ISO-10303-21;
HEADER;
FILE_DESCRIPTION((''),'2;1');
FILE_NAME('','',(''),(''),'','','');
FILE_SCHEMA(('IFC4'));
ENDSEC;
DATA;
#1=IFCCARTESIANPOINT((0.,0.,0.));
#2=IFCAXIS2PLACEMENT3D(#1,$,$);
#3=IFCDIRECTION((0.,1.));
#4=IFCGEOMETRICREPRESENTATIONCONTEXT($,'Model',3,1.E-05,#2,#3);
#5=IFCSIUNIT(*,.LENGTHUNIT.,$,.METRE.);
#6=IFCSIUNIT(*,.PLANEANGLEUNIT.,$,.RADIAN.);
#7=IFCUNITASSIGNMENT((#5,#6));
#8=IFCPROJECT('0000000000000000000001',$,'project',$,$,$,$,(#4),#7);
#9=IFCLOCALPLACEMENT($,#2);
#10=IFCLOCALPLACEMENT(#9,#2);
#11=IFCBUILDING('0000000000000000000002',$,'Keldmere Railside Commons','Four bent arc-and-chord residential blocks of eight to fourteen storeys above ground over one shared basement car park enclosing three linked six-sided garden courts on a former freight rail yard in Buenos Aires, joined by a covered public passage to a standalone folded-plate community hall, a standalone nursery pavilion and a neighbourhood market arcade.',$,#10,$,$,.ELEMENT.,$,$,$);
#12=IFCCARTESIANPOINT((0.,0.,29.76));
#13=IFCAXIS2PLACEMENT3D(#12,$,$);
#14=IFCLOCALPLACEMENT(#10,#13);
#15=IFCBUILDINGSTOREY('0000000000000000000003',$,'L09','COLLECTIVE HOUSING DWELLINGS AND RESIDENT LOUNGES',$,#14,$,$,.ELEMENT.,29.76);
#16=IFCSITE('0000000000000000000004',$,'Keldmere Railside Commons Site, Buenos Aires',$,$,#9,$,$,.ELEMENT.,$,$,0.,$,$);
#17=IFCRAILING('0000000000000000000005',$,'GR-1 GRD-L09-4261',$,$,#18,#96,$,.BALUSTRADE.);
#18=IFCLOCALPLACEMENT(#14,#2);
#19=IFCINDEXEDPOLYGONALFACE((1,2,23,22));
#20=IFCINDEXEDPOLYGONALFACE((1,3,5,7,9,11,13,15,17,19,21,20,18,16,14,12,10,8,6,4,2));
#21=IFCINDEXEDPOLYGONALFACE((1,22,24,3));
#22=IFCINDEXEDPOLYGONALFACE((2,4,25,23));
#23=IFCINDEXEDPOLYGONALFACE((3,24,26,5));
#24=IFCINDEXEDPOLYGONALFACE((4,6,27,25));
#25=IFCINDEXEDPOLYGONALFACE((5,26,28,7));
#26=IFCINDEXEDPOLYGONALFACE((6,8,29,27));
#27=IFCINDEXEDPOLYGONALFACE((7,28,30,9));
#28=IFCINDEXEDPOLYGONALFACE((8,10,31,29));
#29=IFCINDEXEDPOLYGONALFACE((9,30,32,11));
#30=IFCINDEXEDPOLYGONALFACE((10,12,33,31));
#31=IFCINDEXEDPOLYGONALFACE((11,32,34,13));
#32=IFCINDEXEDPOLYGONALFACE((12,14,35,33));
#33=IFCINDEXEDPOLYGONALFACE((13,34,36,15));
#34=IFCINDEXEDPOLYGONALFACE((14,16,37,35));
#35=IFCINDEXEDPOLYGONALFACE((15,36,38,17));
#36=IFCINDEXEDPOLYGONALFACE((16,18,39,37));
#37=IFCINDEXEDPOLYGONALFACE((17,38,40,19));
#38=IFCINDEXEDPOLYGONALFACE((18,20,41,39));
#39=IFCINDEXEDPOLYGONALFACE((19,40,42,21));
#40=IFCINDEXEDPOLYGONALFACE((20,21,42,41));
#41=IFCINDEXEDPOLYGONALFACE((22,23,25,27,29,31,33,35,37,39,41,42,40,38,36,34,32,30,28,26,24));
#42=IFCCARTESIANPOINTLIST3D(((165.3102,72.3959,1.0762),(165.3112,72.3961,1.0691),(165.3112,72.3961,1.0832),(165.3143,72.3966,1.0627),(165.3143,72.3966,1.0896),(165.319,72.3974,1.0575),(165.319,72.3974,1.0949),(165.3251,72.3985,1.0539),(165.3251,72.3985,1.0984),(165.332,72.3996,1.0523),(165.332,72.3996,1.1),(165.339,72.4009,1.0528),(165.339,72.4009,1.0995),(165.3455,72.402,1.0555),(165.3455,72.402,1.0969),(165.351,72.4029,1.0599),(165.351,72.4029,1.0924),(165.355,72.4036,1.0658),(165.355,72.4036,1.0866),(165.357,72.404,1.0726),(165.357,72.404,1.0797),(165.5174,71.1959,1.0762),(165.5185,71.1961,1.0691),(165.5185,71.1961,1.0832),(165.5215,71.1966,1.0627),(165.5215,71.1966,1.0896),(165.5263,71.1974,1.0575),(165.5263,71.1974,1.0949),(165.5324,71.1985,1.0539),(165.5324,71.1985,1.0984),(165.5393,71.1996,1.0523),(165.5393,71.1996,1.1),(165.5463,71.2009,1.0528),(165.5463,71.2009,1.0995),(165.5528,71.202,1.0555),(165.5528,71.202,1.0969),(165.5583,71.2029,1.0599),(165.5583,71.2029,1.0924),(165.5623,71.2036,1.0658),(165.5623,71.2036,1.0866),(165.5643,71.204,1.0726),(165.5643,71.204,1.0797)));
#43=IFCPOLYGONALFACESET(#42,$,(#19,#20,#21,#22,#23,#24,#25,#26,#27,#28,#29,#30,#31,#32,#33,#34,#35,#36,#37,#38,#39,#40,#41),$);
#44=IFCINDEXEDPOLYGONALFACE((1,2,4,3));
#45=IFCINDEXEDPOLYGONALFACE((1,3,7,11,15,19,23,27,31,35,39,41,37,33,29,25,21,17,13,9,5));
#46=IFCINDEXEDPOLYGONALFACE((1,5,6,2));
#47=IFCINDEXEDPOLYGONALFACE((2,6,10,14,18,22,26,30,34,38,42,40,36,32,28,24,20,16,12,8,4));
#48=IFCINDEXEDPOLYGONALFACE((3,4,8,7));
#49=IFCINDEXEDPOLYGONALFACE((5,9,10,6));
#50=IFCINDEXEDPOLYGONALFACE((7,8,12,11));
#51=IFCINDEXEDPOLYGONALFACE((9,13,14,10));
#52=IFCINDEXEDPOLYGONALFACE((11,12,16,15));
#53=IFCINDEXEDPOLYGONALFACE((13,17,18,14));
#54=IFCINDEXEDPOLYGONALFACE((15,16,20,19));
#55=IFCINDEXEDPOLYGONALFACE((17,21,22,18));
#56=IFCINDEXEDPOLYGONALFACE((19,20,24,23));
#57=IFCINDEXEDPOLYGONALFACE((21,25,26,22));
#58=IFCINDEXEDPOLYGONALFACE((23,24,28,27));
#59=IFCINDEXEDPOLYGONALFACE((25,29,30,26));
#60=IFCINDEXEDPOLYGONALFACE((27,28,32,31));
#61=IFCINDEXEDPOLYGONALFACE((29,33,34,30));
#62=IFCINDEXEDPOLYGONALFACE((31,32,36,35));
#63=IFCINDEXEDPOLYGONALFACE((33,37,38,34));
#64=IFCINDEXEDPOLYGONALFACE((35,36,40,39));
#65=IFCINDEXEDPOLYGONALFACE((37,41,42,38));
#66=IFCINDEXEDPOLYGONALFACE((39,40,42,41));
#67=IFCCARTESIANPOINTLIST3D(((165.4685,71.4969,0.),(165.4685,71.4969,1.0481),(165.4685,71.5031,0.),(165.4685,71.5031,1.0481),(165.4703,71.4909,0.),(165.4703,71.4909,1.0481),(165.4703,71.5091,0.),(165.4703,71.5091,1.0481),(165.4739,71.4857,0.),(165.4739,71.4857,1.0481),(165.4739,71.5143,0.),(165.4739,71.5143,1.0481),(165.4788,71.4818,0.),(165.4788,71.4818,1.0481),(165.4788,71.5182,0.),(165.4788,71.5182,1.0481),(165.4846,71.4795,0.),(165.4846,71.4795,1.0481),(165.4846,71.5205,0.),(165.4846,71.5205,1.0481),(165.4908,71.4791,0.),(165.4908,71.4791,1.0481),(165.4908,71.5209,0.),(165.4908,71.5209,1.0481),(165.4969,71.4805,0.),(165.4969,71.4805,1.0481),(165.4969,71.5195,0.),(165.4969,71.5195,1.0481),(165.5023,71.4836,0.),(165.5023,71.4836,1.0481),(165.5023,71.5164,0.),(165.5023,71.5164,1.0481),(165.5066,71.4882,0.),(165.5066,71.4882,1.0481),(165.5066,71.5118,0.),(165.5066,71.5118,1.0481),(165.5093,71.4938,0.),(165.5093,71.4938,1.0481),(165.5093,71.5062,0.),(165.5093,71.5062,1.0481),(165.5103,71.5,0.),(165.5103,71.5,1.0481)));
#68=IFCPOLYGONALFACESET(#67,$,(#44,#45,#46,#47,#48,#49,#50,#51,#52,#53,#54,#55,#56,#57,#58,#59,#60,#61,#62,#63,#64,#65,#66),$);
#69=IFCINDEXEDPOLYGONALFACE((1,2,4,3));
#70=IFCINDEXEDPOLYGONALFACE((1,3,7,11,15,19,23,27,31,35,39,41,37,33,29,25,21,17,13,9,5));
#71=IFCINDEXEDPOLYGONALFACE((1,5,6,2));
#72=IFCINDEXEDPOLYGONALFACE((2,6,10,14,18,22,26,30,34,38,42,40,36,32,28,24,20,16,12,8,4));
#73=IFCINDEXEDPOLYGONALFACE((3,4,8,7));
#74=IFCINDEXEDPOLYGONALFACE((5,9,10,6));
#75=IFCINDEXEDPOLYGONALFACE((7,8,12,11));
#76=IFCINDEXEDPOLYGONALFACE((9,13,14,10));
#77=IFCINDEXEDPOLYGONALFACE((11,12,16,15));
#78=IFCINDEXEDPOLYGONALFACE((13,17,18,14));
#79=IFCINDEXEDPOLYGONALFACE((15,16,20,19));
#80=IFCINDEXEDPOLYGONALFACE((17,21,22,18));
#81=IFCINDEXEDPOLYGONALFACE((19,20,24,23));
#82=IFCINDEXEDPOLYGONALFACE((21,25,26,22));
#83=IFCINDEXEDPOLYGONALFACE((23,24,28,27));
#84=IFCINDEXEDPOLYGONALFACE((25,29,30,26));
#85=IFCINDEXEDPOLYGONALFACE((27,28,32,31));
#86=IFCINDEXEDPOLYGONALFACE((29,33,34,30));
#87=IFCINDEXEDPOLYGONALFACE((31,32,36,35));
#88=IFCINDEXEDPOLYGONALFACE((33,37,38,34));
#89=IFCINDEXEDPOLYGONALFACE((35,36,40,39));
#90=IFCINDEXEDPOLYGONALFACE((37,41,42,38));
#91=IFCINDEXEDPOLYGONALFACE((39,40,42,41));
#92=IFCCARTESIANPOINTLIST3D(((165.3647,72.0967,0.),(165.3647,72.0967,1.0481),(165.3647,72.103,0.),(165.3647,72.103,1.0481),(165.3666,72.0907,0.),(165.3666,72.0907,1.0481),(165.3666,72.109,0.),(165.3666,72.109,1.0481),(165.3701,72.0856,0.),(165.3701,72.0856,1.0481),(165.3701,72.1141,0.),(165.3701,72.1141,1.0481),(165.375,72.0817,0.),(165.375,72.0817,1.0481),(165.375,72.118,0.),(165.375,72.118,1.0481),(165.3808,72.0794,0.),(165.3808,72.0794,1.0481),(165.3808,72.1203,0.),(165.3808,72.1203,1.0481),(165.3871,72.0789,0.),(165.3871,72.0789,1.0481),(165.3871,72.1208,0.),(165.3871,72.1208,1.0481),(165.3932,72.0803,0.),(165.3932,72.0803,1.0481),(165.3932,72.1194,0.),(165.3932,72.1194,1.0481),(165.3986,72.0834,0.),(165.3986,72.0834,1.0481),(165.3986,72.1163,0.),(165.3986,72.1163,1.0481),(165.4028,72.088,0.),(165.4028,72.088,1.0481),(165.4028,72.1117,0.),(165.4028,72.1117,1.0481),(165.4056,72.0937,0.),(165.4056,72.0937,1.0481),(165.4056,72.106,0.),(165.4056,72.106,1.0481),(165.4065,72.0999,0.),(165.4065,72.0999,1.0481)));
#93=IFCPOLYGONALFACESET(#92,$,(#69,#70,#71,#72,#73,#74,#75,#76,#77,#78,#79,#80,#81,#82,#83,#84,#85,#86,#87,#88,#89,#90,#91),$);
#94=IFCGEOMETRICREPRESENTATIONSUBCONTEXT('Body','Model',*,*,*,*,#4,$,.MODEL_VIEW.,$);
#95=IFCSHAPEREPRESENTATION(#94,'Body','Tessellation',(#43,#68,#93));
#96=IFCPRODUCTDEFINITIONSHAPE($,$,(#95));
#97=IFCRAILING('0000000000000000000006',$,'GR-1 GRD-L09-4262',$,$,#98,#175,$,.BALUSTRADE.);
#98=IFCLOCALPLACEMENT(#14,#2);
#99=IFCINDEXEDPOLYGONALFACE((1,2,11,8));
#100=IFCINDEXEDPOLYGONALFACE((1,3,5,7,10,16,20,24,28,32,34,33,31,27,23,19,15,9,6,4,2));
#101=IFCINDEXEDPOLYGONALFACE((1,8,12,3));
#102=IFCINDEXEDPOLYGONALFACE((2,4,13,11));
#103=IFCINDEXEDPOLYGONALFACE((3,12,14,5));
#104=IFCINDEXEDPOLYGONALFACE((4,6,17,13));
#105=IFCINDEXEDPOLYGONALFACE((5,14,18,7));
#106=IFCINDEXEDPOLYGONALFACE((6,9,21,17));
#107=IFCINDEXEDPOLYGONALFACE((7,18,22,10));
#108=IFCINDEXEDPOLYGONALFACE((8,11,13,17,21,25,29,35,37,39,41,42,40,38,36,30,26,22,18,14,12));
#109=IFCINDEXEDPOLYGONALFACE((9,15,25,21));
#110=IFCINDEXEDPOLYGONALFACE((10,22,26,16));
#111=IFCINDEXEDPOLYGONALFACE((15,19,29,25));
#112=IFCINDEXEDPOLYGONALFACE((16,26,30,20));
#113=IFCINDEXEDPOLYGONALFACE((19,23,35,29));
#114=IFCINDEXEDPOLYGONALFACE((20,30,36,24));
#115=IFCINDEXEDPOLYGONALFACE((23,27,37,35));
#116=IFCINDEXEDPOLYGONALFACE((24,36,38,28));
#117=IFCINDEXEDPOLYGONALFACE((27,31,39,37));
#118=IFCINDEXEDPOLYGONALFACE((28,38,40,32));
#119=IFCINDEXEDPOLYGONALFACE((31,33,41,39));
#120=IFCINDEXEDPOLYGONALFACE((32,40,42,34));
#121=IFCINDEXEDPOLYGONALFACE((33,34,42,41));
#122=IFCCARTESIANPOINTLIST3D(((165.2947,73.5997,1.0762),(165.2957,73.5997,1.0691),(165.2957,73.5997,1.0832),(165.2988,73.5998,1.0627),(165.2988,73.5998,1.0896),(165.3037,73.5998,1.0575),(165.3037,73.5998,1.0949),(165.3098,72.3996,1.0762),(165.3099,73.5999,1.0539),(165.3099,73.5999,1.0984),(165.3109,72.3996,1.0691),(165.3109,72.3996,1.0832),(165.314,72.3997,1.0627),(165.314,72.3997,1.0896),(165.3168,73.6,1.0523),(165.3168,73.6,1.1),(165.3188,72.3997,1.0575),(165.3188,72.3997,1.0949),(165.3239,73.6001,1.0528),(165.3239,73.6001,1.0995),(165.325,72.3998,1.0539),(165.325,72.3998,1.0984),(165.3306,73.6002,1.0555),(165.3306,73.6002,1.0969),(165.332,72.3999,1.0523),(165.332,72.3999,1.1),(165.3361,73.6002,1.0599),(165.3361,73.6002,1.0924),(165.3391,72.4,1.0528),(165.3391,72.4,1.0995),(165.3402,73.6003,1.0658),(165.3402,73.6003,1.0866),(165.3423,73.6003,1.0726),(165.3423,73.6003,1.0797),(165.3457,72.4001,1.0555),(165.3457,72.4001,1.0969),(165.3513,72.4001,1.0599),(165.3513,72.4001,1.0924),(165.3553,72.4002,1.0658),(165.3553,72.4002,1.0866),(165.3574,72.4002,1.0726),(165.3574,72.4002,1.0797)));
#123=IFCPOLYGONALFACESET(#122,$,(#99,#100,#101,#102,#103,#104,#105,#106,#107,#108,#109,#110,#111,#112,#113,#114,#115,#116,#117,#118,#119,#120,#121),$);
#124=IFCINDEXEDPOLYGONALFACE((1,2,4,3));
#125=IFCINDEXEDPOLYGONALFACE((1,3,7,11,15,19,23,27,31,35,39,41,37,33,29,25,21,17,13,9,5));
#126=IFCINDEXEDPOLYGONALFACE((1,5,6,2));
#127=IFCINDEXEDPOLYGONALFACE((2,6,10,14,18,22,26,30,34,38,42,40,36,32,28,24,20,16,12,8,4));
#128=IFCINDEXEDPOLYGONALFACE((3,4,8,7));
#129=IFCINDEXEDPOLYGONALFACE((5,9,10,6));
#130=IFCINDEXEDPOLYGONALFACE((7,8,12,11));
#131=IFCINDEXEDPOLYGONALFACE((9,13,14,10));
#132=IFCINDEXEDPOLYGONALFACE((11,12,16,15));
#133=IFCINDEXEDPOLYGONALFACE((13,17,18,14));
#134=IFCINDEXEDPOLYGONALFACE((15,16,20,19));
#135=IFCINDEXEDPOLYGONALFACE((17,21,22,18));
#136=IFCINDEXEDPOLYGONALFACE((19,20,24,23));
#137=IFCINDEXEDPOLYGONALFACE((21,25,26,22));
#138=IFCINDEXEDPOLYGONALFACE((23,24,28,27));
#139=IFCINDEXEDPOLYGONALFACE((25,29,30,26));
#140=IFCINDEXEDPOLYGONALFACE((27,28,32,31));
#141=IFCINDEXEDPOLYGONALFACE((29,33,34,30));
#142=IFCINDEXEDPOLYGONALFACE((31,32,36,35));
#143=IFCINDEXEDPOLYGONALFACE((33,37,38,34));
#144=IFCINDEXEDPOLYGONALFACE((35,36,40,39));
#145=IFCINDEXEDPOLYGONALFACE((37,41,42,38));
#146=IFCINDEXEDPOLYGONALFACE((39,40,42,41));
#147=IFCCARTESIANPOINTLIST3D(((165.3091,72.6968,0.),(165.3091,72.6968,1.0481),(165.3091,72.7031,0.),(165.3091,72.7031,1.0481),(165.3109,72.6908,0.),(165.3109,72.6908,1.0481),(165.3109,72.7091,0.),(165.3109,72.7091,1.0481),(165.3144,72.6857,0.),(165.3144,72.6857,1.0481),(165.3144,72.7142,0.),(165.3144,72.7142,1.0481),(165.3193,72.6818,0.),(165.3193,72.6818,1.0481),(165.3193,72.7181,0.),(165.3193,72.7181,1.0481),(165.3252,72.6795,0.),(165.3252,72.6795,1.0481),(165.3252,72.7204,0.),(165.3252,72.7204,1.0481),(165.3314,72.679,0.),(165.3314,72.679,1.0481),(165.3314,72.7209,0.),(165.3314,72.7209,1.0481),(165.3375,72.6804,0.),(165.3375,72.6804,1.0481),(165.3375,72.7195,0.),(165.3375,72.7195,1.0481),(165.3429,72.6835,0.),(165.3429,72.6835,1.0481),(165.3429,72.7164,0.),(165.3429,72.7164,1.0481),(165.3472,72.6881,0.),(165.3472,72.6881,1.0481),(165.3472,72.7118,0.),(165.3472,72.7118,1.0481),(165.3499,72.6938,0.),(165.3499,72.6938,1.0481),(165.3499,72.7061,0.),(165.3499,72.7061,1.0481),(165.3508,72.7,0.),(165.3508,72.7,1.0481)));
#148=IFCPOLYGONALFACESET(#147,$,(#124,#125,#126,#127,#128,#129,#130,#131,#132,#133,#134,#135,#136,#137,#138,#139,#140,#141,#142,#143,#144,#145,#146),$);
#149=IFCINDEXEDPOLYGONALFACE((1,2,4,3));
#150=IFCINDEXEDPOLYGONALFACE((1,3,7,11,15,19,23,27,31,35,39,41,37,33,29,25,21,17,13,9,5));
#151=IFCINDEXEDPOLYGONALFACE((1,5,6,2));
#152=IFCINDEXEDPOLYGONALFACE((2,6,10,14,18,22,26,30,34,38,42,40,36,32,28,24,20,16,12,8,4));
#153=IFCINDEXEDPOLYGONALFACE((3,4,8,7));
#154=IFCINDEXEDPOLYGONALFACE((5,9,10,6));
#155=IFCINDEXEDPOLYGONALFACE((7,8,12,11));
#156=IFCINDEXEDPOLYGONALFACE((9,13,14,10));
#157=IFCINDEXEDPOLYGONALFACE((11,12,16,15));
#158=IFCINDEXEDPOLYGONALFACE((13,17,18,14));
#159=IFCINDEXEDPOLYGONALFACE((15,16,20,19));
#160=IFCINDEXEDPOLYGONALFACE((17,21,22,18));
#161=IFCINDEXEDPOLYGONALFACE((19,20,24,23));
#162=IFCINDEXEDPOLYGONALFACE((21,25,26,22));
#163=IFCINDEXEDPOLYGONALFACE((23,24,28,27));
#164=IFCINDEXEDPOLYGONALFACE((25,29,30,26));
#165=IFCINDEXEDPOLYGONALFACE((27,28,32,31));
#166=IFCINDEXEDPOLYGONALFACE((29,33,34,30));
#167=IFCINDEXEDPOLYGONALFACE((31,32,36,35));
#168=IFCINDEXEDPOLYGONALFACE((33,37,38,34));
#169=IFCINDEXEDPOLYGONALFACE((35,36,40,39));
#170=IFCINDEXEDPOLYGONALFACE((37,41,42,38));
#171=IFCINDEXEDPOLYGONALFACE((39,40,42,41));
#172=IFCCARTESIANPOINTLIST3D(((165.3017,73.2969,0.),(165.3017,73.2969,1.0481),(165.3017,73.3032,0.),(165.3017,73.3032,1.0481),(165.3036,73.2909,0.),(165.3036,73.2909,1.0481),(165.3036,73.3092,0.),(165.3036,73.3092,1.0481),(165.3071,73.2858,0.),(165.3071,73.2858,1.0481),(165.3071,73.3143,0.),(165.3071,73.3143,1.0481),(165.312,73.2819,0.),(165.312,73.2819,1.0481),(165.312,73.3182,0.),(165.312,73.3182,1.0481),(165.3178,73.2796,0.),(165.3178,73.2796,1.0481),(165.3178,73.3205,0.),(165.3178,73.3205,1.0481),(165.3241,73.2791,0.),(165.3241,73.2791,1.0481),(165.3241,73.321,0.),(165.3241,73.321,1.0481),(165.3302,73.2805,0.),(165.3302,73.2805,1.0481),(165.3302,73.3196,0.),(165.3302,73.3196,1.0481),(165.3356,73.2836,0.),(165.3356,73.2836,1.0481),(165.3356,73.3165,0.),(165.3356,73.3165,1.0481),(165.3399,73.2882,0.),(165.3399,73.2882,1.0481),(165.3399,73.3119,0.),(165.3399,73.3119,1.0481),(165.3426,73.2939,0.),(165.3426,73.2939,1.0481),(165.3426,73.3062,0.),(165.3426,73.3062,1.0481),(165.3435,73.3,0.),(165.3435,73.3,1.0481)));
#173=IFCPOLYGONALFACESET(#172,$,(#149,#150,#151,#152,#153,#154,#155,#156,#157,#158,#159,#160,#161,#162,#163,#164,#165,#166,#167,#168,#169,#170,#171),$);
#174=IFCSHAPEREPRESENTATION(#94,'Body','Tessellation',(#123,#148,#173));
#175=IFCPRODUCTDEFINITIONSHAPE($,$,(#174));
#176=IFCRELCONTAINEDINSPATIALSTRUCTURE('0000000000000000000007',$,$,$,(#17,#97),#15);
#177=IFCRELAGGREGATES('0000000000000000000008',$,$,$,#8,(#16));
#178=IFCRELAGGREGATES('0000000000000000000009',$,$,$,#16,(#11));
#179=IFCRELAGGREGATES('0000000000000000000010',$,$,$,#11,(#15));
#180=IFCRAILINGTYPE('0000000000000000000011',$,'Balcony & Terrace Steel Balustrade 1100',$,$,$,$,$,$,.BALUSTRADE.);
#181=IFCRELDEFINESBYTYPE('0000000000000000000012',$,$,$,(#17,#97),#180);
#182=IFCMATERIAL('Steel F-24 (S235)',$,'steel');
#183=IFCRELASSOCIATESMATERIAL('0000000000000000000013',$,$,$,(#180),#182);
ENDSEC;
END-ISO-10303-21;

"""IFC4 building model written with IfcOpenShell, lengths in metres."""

from ifc_helpers import new_model, si_unit, direction, frame, origin, origin_2d, place, context, subcontext, project, spatial, circle, extrude, material, type_object, element, save


model = new_model("IFC4")

# Units and contexts
model_context = context("Model", 3, precision=1e-05, world=origin(), true_north=direction((0.0, 1.0)))
body_context = subcontext(model_context, "Body", "Model", "MODEL_VIEW")
ifc_project = project(units=[si_unit("LENGTHUNIT", "METRE"), si_unit("PLANEANGLEUNIT", "RADIAN")], contexts=[model_context])

# Site, building, storey
site_placement = place(None, origin())
site = spatial("IfcSite", under=ifc_project, at=site_placement, Name="Keldmere Railside Commons Site, Buenos Aires", CompositionType="ELEMENT", RefElevation=0.0)
building_placement = place(site_placement, origin())
building = spatial("IfcBuilding", under=site, at=building_placement, Name="Keldmere Railside Commons", Description="Four bent arc-and-chord residential blocks of eight to fourteen storeys above ground over one shared basement car park enclosing three linked six-sided garden courts on a former freight rail yard in Buenos Aires, joined by a covered public passage to a standalone folded-plate community hall, a standalone nursery pavilion and a neighbourhood market arcade.", CompositionType="ELEMENT")
storey_placement = place(building_placement, frame((0.0, 0.0, 29.76)))
storey = spatial("IfcBuildingStorey", under=building, at=storey_placement, Name="L09", Description="COLLECTIVE HOUSING DWELLINGS AND RESIDENT LOUNGES", CompositionType="ELEMENT", Elevation=29.76)

# Railings
ifc_material_1 = material(Name="Steel F-24 (S235)", Category="steel")
railing_type = type_object("IfcRailingType", Name="Balcony & Terrace Steel Balustrade 1100", PredefinedType="BALUSTRADE", material=ifc_material_1)
railing_1_placement = place(storey_placement, frame((165.541, 71.2, 0.0)))
element("IfcRailing", 1, at=railing_1_placement, inside=storey, type_object=railing_type, Name="GR-1 GRD-L09-4261", PredefinedType="BALUSTRADE", context=body_context, shape_type="SweptSolid", body=[
    extrude(circle(Radius=0.0239, at=origin_2d()), frame((0.0, 0.0, 1.0762), z_axis=(-0.170216, 0.985407, 0.0), x_axis=(-0.985407, -0.170216, 0.0)), (0.0, 0.0, 1.0), 1.2178),
    extrude(circle(Radius=0.021, at=origin_2d()), frame((-0.0518, 0.3, 0.0)), (0.0, 0.0, 1.0), 1.0481),
    extrude(circle(Radius=0.021, at=origin_2d()), frame((-0.1555, 0.8999, 0.0)), (0.0, 0.0, 1.0), 1.0481),
])
railing_2_placement = place(storey_placement, frame((165.3337, 72.3999, 0.0)))
element("IfcRailing", 2, at=railing_2_placement, inside=storey, type_object=railing_type, Name="GR-1 GRD-L09-4262", PredefinedType="BALUSTRADE", context=body_context, shape_type="SweptSolid", body=[
    extrude(circle(Radius=0.0239, at=origin_2d()), frame((0.0, 0.0, 1.0762), z_axis=(-0.012611, 0.99992, 0.0), x_axis=(-0.99992, -0.012611, 0.0)), (0.0, 0.0, 1.0), 1.2002),
    extrude(circle(Radius=0.021, at=origin_2d()), frame((-0.0039, 0.3, 0.0)), (0.0, 0.0, 1.0), 1.0481),
    extrude(circle(Radius=0.021, at=origin_2d()), frame((-0.0112, 0.9001, 0.0)), (0.0, 0.0, 1.0), 1.0481),
])

save(model, "model.ifc")
